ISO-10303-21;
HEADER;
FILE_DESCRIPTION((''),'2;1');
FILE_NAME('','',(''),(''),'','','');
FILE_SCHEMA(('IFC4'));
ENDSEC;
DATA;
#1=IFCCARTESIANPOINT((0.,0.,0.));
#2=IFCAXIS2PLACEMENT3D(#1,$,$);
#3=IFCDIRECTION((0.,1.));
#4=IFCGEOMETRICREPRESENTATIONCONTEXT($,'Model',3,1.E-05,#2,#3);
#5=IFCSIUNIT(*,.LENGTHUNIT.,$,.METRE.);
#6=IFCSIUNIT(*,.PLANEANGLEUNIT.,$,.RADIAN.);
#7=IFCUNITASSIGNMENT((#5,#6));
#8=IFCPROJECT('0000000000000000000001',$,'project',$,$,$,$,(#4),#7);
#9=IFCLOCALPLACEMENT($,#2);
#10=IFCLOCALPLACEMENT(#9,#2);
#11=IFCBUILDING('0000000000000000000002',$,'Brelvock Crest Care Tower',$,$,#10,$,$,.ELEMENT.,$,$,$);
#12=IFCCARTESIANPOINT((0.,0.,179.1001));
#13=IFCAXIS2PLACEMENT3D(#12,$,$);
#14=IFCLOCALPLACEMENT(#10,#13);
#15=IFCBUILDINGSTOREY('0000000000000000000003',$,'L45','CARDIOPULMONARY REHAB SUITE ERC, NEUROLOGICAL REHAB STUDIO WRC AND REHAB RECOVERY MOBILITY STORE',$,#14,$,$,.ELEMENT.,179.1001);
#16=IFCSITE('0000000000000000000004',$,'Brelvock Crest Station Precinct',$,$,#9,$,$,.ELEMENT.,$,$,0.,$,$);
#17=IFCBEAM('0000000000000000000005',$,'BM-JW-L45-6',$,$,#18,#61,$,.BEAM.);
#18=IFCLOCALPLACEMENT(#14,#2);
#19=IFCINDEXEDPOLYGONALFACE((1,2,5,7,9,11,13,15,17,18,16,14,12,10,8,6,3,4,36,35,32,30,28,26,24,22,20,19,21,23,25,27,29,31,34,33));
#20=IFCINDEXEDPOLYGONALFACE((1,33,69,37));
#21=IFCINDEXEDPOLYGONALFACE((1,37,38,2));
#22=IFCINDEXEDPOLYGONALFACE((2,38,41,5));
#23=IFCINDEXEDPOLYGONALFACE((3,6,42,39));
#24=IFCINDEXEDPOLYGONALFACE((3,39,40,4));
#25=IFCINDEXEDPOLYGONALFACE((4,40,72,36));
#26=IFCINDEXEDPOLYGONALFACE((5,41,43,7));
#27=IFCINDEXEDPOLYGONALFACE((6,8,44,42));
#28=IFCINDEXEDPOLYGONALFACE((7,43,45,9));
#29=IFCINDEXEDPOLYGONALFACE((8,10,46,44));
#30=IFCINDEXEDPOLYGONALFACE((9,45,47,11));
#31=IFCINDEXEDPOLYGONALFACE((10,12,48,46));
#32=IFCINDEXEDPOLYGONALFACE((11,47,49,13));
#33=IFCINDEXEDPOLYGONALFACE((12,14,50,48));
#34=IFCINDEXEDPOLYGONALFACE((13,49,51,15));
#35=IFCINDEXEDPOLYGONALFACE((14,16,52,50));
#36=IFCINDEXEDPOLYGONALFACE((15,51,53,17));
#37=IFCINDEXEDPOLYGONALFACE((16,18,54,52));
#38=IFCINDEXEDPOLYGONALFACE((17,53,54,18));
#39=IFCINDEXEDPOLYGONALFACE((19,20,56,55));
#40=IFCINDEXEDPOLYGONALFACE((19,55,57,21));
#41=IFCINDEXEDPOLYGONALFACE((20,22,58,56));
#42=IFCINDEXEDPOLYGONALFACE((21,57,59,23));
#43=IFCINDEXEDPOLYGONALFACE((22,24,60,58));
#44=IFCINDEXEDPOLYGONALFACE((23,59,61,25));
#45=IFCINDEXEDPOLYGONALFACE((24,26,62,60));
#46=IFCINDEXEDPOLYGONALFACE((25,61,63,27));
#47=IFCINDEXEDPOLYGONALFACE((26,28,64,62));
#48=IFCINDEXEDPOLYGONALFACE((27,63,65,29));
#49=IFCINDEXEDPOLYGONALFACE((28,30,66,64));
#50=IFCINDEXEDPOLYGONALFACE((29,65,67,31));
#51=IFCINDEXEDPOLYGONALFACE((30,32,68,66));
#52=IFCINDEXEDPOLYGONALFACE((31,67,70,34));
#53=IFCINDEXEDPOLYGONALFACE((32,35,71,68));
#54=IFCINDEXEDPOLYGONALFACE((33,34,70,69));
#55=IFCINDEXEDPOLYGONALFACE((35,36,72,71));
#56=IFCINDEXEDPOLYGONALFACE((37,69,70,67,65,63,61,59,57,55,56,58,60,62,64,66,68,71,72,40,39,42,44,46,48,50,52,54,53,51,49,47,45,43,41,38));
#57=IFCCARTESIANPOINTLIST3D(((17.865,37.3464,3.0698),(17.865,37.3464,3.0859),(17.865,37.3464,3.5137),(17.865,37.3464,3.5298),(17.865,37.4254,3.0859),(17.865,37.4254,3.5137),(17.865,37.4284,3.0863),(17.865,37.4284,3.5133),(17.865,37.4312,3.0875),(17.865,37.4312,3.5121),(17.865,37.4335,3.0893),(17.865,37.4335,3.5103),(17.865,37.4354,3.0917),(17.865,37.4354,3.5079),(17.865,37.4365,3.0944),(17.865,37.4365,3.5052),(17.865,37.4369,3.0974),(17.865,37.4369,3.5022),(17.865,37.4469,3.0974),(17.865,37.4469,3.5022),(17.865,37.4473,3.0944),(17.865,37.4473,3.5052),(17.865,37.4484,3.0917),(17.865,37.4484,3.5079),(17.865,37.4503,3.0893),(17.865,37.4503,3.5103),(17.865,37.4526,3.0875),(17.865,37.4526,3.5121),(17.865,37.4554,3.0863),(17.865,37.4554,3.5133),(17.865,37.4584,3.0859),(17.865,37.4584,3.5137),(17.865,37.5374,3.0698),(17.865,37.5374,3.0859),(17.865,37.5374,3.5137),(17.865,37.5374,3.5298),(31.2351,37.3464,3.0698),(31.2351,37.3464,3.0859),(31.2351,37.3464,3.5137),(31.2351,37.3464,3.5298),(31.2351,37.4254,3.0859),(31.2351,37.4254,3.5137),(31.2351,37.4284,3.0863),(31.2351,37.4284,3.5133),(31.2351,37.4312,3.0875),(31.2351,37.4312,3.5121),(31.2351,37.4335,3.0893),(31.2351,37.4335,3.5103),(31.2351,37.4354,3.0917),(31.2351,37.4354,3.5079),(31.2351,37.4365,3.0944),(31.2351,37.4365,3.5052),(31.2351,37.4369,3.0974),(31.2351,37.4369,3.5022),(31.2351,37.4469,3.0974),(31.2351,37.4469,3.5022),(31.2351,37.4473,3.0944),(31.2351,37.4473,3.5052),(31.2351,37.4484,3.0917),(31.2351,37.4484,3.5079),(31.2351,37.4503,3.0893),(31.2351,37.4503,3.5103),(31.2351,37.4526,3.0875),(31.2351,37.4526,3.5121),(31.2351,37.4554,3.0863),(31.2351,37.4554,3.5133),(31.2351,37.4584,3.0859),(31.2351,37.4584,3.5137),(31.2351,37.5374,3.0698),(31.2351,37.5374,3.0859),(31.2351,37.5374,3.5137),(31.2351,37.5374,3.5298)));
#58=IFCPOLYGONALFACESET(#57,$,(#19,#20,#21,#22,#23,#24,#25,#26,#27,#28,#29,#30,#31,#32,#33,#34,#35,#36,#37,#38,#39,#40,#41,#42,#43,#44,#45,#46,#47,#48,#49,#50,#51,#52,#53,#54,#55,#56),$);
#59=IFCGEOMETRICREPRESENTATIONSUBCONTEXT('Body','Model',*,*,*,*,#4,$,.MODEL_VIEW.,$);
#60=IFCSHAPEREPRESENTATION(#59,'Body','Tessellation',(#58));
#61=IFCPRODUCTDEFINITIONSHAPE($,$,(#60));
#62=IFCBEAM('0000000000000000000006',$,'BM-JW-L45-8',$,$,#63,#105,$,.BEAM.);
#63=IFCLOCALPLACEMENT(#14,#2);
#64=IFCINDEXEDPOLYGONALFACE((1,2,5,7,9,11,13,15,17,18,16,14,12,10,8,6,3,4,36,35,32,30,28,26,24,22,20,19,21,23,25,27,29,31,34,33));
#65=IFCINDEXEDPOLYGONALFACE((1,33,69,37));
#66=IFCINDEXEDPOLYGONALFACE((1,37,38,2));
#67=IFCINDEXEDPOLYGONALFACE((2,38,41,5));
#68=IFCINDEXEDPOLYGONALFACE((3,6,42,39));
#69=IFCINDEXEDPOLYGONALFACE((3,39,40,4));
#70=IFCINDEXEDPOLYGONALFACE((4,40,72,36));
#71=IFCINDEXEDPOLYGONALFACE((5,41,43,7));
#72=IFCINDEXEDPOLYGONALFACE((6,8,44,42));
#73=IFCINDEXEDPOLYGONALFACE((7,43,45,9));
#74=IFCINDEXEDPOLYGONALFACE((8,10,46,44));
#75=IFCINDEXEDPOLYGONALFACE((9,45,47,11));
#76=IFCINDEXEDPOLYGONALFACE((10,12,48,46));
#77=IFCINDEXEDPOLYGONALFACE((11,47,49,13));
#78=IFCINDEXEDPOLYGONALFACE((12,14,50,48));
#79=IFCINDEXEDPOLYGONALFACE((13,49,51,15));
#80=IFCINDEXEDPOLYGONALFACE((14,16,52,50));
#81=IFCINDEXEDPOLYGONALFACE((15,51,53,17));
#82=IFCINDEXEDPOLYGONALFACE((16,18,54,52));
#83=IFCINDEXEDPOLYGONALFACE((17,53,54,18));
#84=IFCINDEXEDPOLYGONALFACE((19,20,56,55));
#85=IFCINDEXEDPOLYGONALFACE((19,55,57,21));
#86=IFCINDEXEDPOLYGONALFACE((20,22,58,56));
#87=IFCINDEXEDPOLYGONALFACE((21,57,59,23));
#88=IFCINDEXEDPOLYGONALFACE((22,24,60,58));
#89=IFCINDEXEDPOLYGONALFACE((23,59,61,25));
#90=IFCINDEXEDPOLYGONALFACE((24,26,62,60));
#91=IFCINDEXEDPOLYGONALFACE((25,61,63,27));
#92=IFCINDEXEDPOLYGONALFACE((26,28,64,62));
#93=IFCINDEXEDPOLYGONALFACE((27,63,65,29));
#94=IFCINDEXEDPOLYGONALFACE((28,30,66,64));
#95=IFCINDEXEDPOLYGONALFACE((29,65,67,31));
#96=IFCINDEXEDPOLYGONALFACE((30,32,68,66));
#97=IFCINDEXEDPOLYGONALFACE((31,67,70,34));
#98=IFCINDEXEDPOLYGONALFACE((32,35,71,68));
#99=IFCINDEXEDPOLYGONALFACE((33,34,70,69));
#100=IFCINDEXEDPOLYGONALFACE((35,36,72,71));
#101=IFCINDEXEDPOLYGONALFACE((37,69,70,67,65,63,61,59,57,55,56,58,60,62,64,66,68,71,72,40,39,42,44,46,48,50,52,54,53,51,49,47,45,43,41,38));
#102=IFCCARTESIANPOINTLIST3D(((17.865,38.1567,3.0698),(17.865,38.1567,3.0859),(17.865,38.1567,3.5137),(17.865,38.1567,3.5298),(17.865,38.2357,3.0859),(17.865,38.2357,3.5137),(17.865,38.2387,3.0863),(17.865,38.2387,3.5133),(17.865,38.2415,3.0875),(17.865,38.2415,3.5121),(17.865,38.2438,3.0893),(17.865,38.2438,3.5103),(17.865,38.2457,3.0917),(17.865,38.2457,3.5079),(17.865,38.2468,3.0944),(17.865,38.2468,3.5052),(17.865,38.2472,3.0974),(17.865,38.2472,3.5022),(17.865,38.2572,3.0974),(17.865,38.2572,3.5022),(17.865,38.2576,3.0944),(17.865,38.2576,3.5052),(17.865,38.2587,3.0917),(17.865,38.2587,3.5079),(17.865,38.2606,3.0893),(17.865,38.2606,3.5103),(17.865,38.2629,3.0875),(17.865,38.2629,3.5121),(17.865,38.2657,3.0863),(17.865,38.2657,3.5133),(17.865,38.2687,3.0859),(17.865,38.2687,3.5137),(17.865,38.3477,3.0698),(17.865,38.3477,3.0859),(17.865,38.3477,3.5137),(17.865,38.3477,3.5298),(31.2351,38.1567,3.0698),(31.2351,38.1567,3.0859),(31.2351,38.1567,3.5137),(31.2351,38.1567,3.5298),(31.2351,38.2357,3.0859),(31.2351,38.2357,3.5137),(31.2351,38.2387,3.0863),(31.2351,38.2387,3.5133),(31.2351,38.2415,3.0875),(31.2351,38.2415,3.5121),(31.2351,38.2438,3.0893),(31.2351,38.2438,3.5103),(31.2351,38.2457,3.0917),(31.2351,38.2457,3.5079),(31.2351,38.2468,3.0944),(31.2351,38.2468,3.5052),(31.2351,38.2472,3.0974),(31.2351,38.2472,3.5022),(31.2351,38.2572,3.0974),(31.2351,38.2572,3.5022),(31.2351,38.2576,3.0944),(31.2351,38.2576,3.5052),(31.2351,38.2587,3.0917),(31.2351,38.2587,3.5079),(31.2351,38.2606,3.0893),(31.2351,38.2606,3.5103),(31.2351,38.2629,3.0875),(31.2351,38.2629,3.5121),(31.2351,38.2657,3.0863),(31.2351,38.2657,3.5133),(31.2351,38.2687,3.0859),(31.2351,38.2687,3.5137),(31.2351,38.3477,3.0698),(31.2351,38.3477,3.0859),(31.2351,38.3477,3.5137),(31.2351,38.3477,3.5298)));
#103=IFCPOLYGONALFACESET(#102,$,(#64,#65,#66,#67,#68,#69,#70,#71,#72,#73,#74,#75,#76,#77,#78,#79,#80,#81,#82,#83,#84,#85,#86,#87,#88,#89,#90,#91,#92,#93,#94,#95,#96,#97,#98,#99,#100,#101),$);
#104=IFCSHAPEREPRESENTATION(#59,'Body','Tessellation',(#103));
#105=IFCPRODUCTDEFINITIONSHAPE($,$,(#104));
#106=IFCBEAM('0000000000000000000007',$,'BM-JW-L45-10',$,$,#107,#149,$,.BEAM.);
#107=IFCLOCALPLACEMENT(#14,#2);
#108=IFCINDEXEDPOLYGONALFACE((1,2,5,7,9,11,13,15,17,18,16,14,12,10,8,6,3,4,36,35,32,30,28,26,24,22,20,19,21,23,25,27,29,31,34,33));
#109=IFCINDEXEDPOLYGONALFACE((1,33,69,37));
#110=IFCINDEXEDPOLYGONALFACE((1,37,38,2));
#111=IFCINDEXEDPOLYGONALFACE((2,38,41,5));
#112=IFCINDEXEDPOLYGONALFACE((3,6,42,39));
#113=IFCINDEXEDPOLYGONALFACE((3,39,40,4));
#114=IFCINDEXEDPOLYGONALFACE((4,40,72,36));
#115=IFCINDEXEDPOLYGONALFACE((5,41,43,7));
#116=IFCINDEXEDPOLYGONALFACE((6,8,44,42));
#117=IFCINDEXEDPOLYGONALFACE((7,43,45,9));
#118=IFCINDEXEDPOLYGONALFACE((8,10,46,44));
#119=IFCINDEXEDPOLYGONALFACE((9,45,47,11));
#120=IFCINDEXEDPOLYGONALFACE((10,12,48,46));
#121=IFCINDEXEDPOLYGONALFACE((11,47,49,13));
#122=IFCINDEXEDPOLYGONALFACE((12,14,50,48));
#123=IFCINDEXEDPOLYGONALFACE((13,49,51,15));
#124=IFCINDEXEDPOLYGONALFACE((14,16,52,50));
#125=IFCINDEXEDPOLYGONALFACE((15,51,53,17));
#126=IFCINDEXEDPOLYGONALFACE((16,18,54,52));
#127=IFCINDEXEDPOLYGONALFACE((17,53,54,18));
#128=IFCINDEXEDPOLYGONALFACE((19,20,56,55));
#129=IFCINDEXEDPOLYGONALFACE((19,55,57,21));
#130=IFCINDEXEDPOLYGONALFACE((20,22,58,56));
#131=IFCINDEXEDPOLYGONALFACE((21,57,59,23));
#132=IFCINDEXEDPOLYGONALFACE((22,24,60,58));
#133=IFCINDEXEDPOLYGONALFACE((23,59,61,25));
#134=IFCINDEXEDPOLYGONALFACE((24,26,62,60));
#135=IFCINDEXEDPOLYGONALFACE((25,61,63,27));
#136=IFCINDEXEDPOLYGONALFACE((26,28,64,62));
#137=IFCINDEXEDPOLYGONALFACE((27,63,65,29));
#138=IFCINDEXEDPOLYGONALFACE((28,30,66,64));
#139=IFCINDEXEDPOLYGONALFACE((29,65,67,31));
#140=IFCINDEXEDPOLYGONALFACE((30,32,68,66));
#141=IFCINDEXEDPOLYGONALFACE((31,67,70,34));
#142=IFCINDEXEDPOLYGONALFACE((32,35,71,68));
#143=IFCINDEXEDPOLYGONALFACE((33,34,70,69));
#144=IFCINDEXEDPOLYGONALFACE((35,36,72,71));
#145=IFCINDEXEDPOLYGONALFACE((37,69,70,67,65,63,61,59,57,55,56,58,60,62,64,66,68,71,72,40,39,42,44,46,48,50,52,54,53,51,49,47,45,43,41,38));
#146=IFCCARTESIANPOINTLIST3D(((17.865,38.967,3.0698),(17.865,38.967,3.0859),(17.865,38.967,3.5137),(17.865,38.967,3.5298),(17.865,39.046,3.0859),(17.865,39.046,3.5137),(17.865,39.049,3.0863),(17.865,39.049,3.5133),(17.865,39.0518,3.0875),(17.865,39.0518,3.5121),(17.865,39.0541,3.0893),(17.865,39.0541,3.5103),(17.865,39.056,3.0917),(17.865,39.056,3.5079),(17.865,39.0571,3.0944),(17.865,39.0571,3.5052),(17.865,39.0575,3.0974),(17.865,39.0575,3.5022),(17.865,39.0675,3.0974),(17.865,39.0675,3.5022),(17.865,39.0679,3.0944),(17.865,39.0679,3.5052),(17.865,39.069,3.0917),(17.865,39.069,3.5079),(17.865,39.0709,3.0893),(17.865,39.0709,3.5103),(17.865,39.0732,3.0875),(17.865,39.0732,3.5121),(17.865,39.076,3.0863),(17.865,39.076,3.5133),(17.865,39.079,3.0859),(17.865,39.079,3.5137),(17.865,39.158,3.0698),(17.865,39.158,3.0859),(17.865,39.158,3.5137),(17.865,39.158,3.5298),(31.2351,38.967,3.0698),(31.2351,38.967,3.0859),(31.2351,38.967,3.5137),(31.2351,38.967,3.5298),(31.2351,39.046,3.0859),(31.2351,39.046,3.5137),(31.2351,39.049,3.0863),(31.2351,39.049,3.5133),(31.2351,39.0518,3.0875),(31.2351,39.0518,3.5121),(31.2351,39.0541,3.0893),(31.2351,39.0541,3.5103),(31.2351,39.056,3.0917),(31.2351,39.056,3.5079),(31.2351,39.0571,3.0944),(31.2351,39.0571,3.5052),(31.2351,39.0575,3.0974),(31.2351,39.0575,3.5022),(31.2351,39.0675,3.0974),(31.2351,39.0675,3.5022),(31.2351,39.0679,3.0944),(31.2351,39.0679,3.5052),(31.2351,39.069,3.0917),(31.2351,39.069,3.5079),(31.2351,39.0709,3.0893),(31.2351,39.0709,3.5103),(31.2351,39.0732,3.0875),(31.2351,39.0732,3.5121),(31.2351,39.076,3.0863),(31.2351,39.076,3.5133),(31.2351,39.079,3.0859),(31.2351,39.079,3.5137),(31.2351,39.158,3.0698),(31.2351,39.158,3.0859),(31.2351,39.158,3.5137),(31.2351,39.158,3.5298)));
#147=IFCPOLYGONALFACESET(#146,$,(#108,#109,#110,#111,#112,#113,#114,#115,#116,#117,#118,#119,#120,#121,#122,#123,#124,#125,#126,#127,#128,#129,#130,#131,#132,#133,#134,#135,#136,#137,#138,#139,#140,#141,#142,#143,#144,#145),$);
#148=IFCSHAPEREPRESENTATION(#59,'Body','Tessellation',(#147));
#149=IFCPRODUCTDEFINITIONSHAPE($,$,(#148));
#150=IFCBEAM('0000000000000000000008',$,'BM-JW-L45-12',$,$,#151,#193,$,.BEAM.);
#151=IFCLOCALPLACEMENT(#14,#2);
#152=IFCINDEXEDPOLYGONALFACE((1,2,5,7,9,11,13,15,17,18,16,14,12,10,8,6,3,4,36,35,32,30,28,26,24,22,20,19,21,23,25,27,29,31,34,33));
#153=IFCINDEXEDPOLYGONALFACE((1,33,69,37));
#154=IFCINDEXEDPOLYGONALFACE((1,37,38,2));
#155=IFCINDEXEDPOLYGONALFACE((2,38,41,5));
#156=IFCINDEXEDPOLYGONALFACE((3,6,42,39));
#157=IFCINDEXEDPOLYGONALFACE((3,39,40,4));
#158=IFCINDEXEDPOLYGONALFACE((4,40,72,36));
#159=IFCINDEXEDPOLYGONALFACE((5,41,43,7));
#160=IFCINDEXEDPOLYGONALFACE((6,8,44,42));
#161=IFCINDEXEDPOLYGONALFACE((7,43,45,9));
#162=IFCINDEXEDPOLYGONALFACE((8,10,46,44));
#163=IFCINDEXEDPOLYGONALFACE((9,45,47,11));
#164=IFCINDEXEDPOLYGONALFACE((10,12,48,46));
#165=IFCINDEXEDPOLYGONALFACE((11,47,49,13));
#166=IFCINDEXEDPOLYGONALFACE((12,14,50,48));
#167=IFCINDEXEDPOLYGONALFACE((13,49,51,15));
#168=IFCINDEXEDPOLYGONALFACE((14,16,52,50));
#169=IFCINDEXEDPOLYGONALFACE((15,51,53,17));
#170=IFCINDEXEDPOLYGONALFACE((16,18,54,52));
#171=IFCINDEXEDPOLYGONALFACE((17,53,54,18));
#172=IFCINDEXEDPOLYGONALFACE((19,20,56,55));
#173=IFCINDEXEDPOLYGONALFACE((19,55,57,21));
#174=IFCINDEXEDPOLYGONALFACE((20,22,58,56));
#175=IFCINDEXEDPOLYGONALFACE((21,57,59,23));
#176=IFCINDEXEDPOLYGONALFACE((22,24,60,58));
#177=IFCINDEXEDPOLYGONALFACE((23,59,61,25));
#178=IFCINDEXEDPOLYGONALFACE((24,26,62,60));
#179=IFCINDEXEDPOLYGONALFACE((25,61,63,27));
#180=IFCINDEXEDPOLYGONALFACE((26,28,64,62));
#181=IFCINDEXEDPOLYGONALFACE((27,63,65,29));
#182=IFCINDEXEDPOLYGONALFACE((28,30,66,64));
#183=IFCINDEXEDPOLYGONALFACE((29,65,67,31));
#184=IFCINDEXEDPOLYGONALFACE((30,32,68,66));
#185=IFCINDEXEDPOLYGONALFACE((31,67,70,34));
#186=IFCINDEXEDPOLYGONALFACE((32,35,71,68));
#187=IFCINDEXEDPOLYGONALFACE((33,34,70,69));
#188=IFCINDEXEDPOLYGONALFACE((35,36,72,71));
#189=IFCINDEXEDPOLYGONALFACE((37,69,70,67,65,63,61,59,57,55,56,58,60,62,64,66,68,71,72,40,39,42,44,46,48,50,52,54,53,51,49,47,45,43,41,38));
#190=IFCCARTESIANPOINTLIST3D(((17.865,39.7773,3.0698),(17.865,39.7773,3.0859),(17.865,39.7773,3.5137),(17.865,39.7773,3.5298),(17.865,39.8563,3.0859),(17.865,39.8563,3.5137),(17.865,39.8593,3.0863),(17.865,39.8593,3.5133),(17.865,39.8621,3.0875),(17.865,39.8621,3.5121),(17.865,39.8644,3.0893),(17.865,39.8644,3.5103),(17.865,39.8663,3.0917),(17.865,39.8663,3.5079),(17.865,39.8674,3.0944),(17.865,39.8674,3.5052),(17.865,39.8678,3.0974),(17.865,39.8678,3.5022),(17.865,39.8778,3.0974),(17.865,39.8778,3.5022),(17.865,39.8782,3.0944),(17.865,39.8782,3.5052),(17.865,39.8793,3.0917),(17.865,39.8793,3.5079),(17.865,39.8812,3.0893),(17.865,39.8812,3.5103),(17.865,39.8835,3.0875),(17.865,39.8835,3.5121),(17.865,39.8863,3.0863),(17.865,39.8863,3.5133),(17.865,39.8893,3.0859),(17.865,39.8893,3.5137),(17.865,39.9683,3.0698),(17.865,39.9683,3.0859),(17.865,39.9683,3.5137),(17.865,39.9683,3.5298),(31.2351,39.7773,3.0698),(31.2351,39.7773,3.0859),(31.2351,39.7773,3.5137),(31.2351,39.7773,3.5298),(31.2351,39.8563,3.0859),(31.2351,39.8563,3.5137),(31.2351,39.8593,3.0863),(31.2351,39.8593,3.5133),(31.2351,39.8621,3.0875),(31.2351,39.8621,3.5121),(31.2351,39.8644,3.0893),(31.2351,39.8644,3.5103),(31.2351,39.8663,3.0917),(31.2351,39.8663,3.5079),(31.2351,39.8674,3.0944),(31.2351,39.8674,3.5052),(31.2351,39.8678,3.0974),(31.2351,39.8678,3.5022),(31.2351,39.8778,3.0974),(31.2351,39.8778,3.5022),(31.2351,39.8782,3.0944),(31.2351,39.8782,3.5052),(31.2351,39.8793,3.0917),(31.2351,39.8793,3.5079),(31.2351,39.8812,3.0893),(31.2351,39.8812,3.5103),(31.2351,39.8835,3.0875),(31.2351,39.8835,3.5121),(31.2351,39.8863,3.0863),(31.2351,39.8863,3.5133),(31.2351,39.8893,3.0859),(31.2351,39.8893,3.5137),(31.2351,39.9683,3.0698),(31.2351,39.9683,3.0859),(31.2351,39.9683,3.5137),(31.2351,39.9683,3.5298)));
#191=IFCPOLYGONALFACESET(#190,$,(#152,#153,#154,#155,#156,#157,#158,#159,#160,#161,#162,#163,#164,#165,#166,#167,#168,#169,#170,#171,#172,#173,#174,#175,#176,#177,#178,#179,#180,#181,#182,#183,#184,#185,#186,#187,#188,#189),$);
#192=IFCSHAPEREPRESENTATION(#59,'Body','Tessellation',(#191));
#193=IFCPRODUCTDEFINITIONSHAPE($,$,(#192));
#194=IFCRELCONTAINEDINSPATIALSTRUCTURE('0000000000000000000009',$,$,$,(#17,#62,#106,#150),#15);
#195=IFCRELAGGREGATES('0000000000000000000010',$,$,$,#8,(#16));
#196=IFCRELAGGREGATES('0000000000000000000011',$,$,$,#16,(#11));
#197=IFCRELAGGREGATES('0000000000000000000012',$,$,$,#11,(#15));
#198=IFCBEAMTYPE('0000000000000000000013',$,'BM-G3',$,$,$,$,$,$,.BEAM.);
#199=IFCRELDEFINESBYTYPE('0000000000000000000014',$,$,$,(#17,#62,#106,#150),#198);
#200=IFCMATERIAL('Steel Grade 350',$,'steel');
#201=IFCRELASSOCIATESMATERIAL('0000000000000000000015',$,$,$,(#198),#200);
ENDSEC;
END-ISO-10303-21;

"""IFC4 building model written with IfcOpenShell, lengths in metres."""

from ifc_helpers import new_model, si_unit, direction, frame, origin, origin_2d, place, context, subcontext, project, spatial, i_section, extrude, source, transform, mapped, material, material_profile, profile_set, type_object, element, save


model = new_model("IFC4")

# Units and contexts
model_context = context("Model", 3, precision=1e-05, world=origin(), true_north=direction((0.0, 1.0)))
body_context = subcontext(model_context, "Body", "Model", "MODEL_VIEW")
ifc_project = project(units=[si_unit("LENGTHUNIT", "METRE"), si_unit("PLANEANGLEUNIT", "RADIAN")], contexts=[model_context])

# Site, building, storey
site_placement = place(None, origin())
site = spatial("IfcSite", under=ifc_project, at=site_placement, Name="Brelvock Crest Station Precinct", CompositionType="ELEMENT", RefElevation=0.0)
building_placement = place(site_placement, origin())
building = spatial("IfcBuilding", under=site, at=building_placement, Name="Brelvock Crest Care Tower", CompositionType="ELEMENT")
storey_placement = place(building_placement, frame((0.0, 0.0, 179.1001)))
storey = spatial("IfcBuildingStorey", under=building, at=storey_placement, Name="L45", Description="CARDIOPULMONARY REHAB SUITE ERC, NEUROLOGICAL REHAB STUDIO WRC AND REHAB RECOVERY MOBILITY STORE", CompositionType="ELEMENT", Elevation=179.1001)

# Beams
ifc_material_1 = material(Name="Steel Grade 350", Category="steel")
ifc_material_profile_1 = material_profile(ifc_material_1, i_section(OverallWidth=0.1909, OverallDepth=0.46, WebThickness=0.01, FlangeThickness=0.0161, FilletRadius=0.0115, at=origin_2d()), Name="460UB82.1")
ifc_profile_set_1 = profile_set([ifc_material_profile_1], Name="Steel Grade 350")
beam_type_1 = type_object("IfcBeamType", Name="BM-G3", PredefinedType="BEAM", material=ifc_profile_set_1)
shared_shape_1 = source(origin(), body_context, "Body", "SweptSolid", [
    extrude(i_section(OverallWidth=0.1909, OverallDepth=0.46, WebThickness=0.01, FlangeThickness=0.0161, FilletRadius=0.0115, at=origin_2d()), origin(), (0.0, 0.0, 1.0), 13.3701),
])
for number, where, z_axis, x_axis, name in (
    (1, (17.865, 37.4419, 3.2998), (1.0, 0.0, 0.0), (0.0, 1.0, 0.0), "BM-JW-L45-6"),
    (2, (17.865, 38.2522, 3.2998), (1.0, 0.0, 0.0), (0.0, 1.0, 0.0), "BM-JW-L45-8"),
    (3, (17.865, 39.0625, 3.2998), (1.0, 0.0, 0.0), (0.0, 1.0, 0.0), "BM-JW-L45-10"),
    (4, (17.865, 39.8728, 3.2998), (1.0, 0.0, 0.0), (0.0, 1.0, 0.0), "BM-JW-L45-12"),
):
    element("IfcBeam", number, at=place(storey_placement, frame(where, z_axis=z_axis, x_axis=x_axis)), inside=storey, type_object=beam_type_1, Name=name, PredefinedType="BEAM", context=body_context, shape_type="MappedRepresentation", body=[
        mapped(shared_shape_1, transform((0.0, 0.0, 0.0), x_axis=(1.0, 0.0, 0.0), y_axis=(0.0, 1.0, 0.0), z_axis=(0.0, 0.0, 1.0), scale=1.0)),
    ])

save(model, "model.ifc")
